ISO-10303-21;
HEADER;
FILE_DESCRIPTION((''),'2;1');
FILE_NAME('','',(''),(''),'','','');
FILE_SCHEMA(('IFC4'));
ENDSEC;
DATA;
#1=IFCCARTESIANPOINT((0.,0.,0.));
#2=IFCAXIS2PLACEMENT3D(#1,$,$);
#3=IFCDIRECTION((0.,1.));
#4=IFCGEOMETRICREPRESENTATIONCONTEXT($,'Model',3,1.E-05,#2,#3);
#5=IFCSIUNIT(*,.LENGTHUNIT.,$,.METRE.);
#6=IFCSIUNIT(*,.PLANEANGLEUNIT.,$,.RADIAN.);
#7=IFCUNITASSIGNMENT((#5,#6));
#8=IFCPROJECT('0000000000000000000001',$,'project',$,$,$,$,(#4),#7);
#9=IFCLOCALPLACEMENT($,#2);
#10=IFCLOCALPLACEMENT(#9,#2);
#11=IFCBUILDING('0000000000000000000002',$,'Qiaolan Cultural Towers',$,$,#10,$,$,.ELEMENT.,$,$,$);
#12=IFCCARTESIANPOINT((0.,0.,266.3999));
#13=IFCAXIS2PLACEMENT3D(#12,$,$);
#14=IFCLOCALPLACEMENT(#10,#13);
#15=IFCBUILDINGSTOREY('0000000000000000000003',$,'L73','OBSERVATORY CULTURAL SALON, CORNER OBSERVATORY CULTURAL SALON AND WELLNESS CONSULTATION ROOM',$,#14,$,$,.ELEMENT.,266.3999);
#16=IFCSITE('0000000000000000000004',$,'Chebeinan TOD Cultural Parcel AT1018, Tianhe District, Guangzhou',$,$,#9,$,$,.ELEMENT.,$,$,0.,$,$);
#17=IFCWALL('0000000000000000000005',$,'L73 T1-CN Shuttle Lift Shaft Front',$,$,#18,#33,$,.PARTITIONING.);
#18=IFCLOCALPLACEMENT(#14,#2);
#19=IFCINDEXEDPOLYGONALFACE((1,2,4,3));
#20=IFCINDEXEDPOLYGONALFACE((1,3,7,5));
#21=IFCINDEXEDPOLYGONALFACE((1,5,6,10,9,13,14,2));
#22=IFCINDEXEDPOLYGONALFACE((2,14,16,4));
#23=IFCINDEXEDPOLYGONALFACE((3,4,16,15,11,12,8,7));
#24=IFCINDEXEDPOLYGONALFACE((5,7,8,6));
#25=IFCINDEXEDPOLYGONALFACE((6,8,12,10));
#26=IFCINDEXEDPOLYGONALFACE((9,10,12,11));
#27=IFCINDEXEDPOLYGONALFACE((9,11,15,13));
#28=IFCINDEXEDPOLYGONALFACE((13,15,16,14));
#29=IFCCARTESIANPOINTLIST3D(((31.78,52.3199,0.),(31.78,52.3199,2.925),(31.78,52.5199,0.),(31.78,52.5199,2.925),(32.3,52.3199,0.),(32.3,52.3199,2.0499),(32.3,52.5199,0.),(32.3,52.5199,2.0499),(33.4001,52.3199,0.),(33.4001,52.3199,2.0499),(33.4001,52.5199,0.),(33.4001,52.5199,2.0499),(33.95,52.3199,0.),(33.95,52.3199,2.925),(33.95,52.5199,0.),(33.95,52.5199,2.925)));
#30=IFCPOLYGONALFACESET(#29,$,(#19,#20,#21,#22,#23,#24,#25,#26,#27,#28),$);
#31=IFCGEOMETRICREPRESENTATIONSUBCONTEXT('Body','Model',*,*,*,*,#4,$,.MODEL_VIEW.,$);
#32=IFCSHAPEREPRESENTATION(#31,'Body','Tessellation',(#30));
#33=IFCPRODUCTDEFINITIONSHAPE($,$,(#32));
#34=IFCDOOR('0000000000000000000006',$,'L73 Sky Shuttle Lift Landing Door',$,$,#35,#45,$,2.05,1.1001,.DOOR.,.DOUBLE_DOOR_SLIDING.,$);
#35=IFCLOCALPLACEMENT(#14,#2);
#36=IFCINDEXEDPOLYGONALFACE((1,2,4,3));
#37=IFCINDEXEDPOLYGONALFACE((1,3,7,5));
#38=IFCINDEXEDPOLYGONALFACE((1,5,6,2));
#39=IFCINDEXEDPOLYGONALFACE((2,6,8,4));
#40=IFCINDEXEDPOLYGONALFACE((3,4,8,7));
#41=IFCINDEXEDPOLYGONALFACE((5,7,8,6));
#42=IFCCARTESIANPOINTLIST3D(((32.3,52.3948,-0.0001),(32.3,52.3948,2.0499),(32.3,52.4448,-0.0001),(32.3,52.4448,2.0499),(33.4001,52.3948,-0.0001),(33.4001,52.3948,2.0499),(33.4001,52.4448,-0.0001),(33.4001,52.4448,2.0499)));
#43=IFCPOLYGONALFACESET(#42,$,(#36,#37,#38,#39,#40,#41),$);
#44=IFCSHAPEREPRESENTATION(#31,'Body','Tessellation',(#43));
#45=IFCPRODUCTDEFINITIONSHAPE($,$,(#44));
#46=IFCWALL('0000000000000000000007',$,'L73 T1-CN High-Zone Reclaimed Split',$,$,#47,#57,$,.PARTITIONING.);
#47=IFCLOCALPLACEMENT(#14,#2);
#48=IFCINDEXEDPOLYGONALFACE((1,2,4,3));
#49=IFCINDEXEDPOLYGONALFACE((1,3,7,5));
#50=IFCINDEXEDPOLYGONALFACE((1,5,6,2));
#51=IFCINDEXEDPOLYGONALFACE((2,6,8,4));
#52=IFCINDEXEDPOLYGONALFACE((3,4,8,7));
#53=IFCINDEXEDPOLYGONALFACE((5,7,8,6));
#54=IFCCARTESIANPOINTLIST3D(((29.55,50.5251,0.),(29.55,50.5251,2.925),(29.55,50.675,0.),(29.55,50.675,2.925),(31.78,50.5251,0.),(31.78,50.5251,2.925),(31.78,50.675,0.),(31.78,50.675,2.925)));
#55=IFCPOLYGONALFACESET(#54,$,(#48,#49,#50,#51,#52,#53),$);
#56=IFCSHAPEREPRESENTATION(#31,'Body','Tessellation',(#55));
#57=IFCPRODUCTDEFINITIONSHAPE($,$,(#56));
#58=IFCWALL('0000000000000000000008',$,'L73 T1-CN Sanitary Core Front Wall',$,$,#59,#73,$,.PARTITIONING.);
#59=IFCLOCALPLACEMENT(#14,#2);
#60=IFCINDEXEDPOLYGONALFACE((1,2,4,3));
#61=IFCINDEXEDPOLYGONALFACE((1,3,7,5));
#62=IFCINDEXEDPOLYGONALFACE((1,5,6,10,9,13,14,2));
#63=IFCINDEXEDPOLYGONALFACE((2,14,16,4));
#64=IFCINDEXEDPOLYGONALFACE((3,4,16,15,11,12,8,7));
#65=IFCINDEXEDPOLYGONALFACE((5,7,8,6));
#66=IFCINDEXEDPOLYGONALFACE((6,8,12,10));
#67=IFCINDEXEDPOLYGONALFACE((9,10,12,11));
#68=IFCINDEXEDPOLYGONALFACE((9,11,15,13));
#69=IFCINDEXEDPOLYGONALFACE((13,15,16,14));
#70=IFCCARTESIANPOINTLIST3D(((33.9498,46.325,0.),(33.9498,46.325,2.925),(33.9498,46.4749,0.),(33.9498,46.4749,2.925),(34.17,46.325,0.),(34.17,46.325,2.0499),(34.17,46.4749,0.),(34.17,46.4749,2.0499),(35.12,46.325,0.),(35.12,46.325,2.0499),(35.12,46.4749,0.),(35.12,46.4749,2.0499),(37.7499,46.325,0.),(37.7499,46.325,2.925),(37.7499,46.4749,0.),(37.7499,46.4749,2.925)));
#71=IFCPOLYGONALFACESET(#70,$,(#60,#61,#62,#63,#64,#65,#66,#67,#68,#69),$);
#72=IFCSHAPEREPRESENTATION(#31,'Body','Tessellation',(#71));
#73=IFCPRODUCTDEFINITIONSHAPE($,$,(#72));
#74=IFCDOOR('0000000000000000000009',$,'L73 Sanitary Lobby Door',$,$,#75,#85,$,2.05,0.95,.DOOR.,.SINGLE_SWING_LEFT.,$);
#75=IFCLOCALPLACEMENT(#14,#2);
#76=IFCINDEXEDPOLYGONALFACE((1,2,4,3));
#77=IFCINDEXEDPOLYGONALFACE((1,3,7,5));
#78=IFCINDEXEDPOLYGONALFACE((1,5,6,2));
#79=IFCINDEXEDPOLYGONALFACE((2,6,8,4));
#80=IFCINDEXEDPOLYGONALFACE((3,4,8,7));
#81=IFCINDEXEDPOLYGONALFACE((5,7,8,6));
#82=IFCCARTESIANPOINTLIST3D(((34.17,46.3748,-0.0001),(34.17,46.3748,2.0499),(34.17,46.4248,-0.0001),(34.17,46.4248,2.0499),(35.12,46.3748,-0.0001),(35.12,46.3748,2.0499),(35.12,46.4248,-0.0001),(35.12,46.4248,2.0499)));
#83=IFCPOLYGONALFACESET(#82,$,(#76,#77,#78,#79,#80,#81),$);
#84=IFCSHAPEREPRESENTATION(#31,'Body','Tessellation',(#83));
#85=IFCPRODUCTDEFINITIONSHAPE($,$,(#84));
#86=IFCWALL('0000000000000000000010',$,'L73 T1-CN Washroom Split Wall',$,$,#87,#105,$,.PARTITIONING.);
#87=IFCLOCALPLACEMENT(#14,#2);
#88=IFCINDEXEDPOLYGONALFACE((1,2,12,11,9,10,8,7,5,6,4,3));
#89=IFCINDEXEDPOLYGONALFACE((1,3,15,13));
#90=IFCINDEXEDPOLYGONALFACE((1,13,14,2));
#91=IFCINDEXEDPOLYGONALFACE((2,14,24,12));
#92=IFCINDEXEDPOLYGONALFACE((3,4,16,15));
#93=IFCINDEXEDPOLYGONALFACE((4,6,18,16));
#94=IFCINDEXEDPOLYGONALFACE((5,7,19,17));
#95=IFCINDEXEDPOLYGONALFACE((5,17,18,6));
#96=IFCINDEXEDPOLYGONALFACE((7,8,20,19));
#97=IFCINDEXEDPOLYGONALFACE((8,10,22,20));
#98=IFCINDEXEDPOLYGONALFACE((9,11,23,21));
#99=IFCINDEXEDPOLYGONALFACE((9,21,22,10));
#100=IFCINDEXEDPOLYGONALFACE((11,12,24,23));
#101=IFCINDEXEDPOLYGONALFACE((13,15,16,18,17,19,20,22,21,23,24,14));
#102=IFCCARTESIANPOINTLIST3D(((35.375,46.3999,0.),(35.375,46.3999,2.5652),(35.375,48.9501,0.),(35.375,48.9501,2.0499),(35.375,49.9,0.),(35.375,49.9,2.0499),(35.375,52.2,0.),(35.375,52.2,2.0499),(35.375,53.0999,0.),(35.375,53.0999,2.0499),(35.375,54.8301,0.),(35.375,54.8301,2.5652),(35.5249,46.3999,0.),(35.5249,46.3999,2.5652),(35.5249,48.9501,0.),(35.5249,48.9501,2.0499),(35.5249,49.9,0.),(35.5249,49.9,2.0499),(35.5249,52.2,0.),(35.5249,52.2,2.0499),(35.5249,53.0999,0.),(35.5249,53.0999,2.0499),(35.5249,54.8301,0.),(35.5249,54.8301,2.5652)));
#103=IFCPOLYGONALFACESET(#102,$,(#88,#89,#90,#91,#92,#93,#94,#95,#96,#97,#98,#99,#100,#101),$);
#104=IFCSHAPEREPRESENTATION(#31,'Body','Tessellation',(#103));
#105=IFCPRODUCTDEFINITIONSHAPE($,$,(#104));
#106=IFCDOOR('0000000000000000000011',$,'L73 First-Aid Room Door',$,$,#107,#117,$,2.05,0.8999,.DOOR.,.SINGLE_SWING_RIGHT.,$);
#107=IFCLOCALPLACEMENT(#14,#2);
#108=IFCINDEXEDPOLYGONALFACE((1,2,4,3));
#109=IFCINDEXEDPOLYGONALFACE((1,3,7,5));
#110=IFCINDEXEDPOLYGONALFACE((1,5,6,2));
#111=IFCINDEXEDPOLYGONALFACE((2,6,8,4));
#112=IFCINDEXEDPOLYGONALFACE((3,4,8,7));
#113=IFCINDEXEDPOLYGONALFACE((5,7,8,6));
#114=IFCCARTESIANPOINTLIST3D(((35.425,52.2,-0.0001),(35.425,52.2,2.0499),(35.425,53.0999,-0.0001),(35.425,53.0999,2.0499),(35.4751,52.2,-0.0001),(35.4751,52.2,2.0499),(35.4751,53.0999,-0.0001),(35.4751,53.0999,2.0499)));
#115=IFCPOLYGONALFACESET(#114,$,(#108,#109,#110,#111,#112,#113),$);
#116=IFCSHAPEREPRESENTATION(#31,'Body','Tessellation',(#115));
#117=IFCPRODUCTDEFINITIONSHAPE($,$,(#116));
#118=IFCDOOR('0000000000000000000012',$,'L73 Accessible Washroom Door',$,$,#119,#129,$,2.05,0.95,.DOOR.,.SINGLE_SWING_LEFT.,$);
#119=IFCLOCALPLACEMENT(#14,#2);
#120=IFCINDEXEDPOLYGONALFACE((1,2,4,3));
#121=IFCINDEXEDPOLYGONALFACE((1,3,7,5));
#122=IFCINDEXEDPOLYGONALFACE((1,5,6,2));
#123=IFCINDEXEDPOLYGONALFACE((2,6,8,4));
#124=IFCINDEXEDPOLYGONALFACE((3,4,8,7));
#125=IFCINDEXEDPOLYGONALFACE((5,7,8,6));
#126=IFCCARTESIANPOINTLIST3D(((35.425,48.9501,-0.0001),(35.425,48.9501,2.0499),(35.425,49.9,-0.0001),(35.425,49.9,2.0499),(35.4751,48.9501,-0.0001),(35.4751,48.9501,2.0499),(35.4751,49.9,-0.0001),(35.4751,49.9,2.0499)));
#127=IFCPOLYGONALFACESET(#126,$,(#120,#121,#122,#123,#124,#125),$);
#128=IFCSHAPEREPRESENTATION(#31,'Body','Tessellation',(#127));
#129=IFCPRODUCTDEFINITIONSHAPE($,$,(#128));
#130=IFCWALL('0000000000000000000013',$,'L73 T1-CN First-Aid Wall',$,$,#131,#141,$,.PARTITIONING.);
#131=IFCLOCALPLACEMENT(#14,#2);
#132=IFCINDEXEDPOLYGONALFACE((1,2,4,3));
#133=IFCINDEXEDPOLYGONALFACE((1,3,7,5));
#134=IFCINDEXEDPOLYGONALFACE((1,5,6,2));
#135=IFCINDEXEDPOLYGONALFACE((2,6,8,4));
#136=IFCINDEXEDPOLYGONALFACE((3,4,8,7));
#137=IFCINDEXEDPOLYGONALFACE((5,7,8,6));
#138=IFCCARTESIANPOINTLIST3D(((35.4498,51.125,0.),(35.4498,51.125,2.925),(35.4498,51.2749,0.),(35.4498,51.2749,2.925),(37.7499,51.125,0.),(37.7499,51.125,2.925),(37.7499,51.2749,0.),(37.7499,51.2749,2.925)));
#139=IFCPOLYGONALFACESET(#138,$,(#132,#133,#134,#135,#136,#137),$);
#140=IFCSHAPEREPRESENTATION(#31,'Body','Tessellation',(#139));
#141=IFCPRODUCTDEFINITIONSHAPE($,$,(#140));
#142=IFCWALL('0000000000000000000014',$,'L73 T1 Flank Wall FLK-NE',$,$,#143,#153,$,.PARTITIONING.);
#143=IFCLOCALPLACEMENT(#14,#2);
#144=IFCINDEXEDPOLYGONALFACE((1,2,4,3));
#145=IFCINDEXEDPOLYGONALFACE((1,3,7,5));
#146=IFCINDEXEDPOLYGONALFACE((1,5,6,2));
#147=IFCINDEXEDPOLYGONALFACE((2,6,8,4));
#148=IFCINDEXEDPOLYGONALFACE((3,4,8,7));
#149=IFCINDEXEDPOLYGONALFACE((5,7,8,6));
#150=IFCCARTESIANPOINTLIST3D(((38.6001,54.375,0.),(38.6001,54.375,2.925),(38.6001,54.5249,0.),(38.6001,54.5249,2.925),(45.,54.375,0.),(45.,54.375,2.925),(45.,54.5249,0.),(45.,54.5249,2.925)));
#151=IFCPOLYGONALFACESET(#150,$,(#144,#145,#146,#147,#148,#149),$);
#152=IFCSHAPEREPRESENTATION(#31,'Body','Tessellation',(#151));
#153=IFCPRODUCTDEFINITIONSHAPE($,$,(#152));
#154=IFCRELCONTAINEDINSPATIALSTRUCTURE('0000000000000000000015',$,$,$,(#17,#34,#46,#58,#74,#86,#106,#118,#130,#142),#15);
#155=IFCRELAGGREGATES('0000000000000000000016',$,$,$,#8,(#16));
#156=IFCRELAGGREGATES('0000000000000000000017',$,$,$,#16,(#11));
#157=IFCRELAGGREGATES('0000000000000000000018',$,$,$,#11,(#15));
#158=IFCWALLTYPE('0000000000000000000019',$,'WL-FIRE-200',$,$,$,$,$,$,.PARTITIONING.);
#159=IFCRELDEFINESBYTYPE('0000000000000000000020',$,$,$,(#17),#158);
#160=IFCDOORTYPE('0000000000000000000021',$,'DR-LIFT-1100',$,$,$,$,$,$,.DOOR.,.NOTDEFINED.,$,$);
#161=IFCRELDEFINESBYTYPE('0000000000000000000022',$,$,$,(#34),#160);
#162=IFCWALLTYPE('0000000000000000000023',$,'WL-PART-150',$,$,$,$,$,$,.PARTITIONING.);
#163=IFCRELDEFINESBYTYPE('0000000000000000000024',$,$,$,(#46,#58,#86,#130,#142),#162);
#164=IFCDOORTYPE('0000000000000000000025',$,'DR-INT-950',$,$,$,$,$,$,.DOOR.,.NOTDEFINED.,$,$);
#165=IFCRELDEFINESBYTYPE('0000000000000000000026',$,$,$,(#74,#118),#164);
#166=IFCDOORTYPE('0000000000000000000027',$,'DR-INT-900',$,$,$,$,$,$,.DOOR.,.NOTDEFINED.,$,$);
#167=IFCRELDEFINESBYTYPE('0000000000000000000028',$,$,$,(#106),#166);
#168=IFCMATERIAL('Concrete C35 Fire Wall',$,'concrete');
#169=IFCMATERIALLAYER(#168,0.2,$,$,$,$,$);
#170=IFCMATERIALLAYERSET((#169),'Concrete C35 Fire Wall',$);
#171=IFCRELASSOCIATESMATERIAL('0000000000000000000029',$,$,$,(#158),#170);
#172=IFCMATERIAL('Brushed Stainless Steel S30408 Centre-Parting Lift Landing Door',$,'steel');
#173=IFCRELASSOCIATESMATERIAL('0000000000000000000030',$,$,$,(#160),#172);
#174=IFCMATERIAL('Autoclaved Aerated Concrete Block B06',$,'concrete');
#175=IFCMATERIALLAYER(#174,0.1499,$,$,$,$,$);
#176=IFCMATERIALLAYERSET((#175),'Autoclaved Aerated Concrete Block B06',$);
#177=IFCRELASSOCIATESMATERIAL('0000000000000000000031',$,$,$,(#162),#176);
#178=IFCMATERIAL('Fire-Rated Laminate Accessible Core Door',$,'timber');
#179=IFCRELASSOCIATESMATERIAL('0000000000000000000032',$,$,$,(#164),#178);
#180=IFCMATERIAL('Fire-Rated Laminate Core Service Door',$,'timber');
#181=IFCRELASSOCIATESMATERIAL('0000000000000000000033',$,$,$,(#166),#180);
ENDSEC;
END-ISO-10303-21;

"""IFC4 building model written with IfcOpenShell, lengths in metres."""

from ifc_helpers import new_model, si_unit, direction, frame, frame_2d, origin, place, context, subcontext, project, spatial, rectangle, extrude, material, layer, layer_set, type_object, element, fill, save


model = new_model("IFC4")

# Units and contexts
model_context = context("Model", 3, precision=1e-05, world=origin(), true_north=direction((0.0, 1.0)))
body_context = subcontext(model_context, "Body", "Model", "MODEL_VIEW")
ifc_project = project(units=[si_unit("LENGTHUNIT", "METRE"), si_unit("PLANEANGLEUNIT", "RADIAN")], contexts=[model_context])

# Site, building, storey
site_placement = place(None, origin())
site = spatial("IfcSite", under=ifc_project, at=site_placement, Name="Chebeinan TOD Cultural Parcel AT1018, Tianhe District, Guangzhou", CompositionType="ELEMENT", RefElevation=0.0)
building_placement = place(site_placement, origin())
building = spatial("IfcBuilding", under=site, at=building_placement, Name="Qiaolan Cultural Towers", CompositionType="ELEMENT")
storey_placement = place(building_placement, frame((0.0, 0.0, 266.3999)))
storey = spatial("IfcBuildingStorey", under=building, at=storey_placement, Name="L73", Description="OBSERVATORY CULTURAL SALON, CORNER OBSERVATORY CULTURAL SALON AND WELLNESS CONSULTATION ROOM", CompositionType="ELEMENT", Elevation=266.3999)

# Shared definitions
ifc_material_1 = material(Name="Concrete C35 Fire Wall", Category="concrete")
ifc_layer_1 = layer(ifc_material_1, 0.2)
ifc_layer_set_1 = layer_set([ifc_layer_1], Name="Concrete C35 Fire Wall")
wall_type_1 = type_object("IfcWallType", Name="WL-FIRE-200", PredefinedType="PARTITIONING", material=ifc_layer_set_1)
ifc_material_2 = material(Name="Brushed Stainless Steel S30408 Centre-Parting Lift Landing Door", Category="steel")
door_type_1 = type_object("IfcDoorType", Name="DR-LIFT-1100", OperationType="NOTDEFINED", PredefinedType="DOOR", material=ifc_material_2)

# Wall, opening, door
wall_1_placement = place(storey_placement, frame((31.78, 52.4199, 0.0), z_axis=(0.0, 0.0, 1.0), x_axis=(1.0, 0.0, 0.0)))
wall_1 = element("IfcWall", 1, at=wall_1_placement, inside=storey, type_object=wall_type_1, Name="L73 T1-CN Shuttle Lift Shaft Front", PredefinedType="PARTITIONING", context=body_context, shape_type="SweptSolid", body=[
    extrude(rectangle(XDim=2.1699, YDim=0.2, at=frame_2d((1.085, 0.0))), origin(), (0.0, 0.0, 1.0), 2.925),
])
opening_1_placement = place(wall_1_placement, frame((0.52, 0.0, 0.0)))
opening_1 = element("IfcOpeningElement", 2, at=opening_1_placement, cuts=wall_1, PredefinedType="OPENING", context=body_context, shape_type="SweptSolid", body=[
    extrude(rectangle(XDim=1.1001, YDim=2.05, at=frame_2d((0.55, 1.0249))), frame((0.0, 0.1099, 0.0), z_axis=(0.0, -1.0, 0.0), x_axis=(1.0, 0.0, 0.0)), (0.0, 0.0, 1.0), 0.22),
])
door_1_placement = place(opening_1_placement, origin())
door_1 = element("IfcDoor", 3, at=door_1_placement, inside=storey, type_object=door_type_1, Name="L73 Sky Shuttle Lift Landing Door", OperationType="DOUBLE_DOOR_SLIDING", OverallHeight=2.05, OverallWidth=1.1001, PredefinedType="DOOR", context=body_context, shape_type="SweptSolid", body=[
    extrude(rectangle(XDim=1.1001, YDim=2.05, at=frame_2d((0.55, 1.0249))), frame((0.0, 0.0249, 0.0), z_axis=(0.0, -1.0, 0.0), x_axis=(1.0, 0.0, 0.0)), (0.0, 0.0, 1.0), 0.05),
])
fill(opening_1, door_1)

# Wall
ifc_material_3 = material(Name="Autoclaved Aerated Concrete Block B06", Category="concrete")
ifc_layer_2 = layer(ifc_material_3, 0.1499)
ifc_layer_set_2 = layer_set([ifc_layer_2], Name="Autoclaved Aerated Concrete Block B06")
wall_type_2 = type_object("IfcWallType", Name="WL-PART-150", PredefinedType="PARTITIONING", material=ifc_layer_set_2)
wall_2_placement = place(storey_placement, frame((29.55, 50.6001, 0.0), z_axis=(0.0, 0.0, 1.0), x_axis=(1.0, 0.0, 0.0)))
element("IfcWall", 4, at=wall_2_placement, inside=storey, type_object=wall_type_2, Name="L73 T1-CN High-Zone Reclaimed Split", PredefinedType="PARTITIONING", context=body_context, shape_type="SweptSolid", body=[
    extrude(rectangle(XDim=2.23, YDim=0.1499, at=frame_2d((1.115, 0.0))), origin(), (0.0, 0.0, 1.0), 2.925),
])

# Wall, opening, door
wall_3_placement = place(storey_placement, frame((33.95, 46.3999, 0.0), z_axis=(0.0, 0.0, 1.0), x_axis=(1.0, 0.0, 0.0)))
wall_3 = element("IfcWall", 5, at=wall_3_placement, inside=storey, type_object=wall_type_2, Name="L73 T1-CN Sanitary Core Front Wall", PredefinedType="PARTITIONING", context=body_context, shape_type="SweptSolid", body=[
    extrude(rectangle(XDim=3.8, YDim=0.1499, at=frame_2d((1.8999, 0.0))), origin(), (0.0, 0.0, 1.0), 2.925),
])
opening_2_placement = place(wall_3_placement, frame((0.22, 0.0, 0.0)))
opening_2 = element("IfcOpeningElement", 6, at=opening_2_placement, cuts=wall_3, PredefinedType="OPENING", context=body_context, shape_type="SweptSolid", body=[
    extrude(rectangle(XDim=0.95, YDim=2.05, at=frame_2d((0.4751, 1.0249))), frame((0.0, 0.085, 0.0), z_axis=(0.0, -1.0, 0.0), x_axis=(1.0, 0.0, 0.0)), (0.0, 0.0, 1.0), 0.1699),
])
ifc_material_4 = material(Name="Fire-Rated Laminate Accessible Core Door", Category="timber")
door_type_2 = type_object("IfcDoorType", Name="DR-INT-950", OperationType="NOTDEFINED", PredefinedType="DOOR", material=ifc_material_4)
door_2_placement = place(opening_2_placement, origin())
door_2 = element("IfcDoor", 7, at=door_2_placement, inside=storey, type_object=door_type_2, Name="L73 Sanitary Lobby Door", OperationType="SINGLE_SWING_LEFT", OverallHeight=2.05, OverallWidth=0.95, PredefinedType="DOOR", context=body_context, shape_type="SweptSolid", body=[
    extrude(rectangle(XDim=0.95, YDim=2.05, at=frame_2d((0.4751, 1.0249))), frame((0.0, 0.0249, 0.0), z_axis=(0.0, -1.0, 0.0), x_axis=(1.0, 0.0, 0.0)), (0.0, 0.0, 1.0), 0.05),
])
fill(opening_2, door_2)

# Wall, openings, doors
wall_4_placement = place(storey_placement, frame((35.45, 46.3999, 0.0), z_axis=(0.0, 0.0, 1.0), x_axis=(0.0, 1.0, 0.0)))
wall_4 = element("IfcWall", 8, at=wall_4_placement, inside=storey, type_object=wall_type_2, Name="L73 T1-CN Washroom Split Wall", PredefinedType="PARTITIONING", context=body_context, shape_type="SweptSolid", body=[
    extrude(rectangle(XDim=8.4302, YDim=0.1499, at=frame_2d((4.2151, 0.0))), origin(), (0.0, 0.0, 1.0), 2.5652),
])
opening_3_placement = place(wall_4_placement, frame((2.55, 0.0, 0.0)))
opening_3 = element("IfcOpeningElement", 9, at=opening_3_placement, cuts=wall_4, PredefinedType="OPENING", context=body_context, shape_type="SweptSolid", body=[
    extrude(rectangle(XDim=0.95, YDim=2.05, at=frame_2d((0.4751, 1.0249))), frame((0.0, 0.085, 0.0), z_axis=(0.0, -1.0, 0.0), x_axis=(1.0, 0.0, 0.0)), (0.0, 0.0, 1.0), 0.1699),
])
opening_4_placement = place(wall_4_placement, frame((5.8, 0.0, 0.0)))
opening_4 = element("IfcOpeningElement", 10, at=opening_4_placement, cuts=wall_4, PredefinedType="OPENING", context=body_context, shape_type="SweptSolid", body=[
    extrude(rectangle(XDim=0.8999, YDim=2.05, at=frame_2d((0.45, 1.0249))), frame((0.0, 0.085, 0.0), z_axis=(0.0, -1.0, 0.0), x_axis=(1.0, 0.0, 0.0)), (0.0, 0.0, 1.0), 0.1699),
])
ifc_material_5 = material(Name="Fire-Rated Laminate Core Service Door", Category="timber")
door_type_3 = type_object("IfcDoorType", Name="DR-INT-900", OperationType="NOTDEFINED", PredefinedType="DOOR", material=ifc_material_5)
door_3_placement = place(opening_4_placement, origin())
door_3 = element("IfcDoor", 11, at=door_3_placement, inside=storey, type_object=door_type_3, Name="L73 First-Aid Room Door", OperationType="SINGLE_SWING_RIGHT", OverallHeight=2.05, OverallWidth=0.8999, PredefinedType="DOOR", context=body_context, shape_type="SweptSolid", body=[
    extrude(rectangle(XDim=0.8999, YDim=2.05, at=frame_2d((0.45, 1.0249))), frame((0.0, 0.0249, 0.0), z_axis=(0.0, -1.0, 0.0), x_axis=(1.0, 0.0, 0.0)), (0.0, 0.0, 1.0), 0.05),
])
fill(opening_4, door_3)
door_4_placement = place(opening_3_placement, origin())
door_4 = element("IfcDoor", 12, at=door_4_placement, inside=storey, type_object=door_type_2, Name="L73 Accessible Washroom Door", OperationType="SINGLE_SWING_LEFT", OverallHeight=2.05, OverallWidth=0.95, PredefinedType="DOOR", context=body_context, shape_type="SweptSolid", body=[
    extrude(rectangle(XDim=0.95, YDim=2.05, at=frame_2d((0.4751, 1.0249))), frame((0.0, 0.0249, 0.0), z_axis=(0.0, -1.0, 0.0), x_axis=(1.0, 0.0, 0.0)), (0.0, 0.0, 1.0), 0.05),
])
fill(opening_3, door_4)

# Walls
wall_5_placement = place(storey_placement, frame((35.45, 51.2, 0.0), z_axis=(0.0, 0.0, 1.0), x_axis=(1.0, 0.0, 0.0)))
element("IfcWall", 13, at=wall_5_placement, inside=storey, type_object=wall_type_2, Name="L73 T1-CN First-Aid Wall", PredefinedType="PARTITIONING", context=body_context, shape_type="SweptSolid", body=[
    extrude(rectangle(XDim=2.3, YDim=0.1499, at=frame_2d((1.1499, 0.0))), origin(), (0.0, 0.0, 1.0), 2.925),
])
wall_6_placement = place(storey_placement, frame((38.6001, 54.45, 0.0), z_axis=(0.0, 0.0, 1.0), x_axis=(1.0, 0.0, 0.0)))
element("IfcWall", 14, at=wall_6_placement, inside=storey, type_object=wall_type_2, Name="L73 T1 Flank Wall FLK-NE", PredefinedType="PARTITIONING", context=body_context, shape_type="SweptSolid", body=[
    extrude(rectangle(XDim=6.3999, YDim=0.1499, at=frame_2d((3.2, 0.0))), origin(), (0.0, 0.0, 1.0), 2.925),
])

save(model, "model.ifc")
